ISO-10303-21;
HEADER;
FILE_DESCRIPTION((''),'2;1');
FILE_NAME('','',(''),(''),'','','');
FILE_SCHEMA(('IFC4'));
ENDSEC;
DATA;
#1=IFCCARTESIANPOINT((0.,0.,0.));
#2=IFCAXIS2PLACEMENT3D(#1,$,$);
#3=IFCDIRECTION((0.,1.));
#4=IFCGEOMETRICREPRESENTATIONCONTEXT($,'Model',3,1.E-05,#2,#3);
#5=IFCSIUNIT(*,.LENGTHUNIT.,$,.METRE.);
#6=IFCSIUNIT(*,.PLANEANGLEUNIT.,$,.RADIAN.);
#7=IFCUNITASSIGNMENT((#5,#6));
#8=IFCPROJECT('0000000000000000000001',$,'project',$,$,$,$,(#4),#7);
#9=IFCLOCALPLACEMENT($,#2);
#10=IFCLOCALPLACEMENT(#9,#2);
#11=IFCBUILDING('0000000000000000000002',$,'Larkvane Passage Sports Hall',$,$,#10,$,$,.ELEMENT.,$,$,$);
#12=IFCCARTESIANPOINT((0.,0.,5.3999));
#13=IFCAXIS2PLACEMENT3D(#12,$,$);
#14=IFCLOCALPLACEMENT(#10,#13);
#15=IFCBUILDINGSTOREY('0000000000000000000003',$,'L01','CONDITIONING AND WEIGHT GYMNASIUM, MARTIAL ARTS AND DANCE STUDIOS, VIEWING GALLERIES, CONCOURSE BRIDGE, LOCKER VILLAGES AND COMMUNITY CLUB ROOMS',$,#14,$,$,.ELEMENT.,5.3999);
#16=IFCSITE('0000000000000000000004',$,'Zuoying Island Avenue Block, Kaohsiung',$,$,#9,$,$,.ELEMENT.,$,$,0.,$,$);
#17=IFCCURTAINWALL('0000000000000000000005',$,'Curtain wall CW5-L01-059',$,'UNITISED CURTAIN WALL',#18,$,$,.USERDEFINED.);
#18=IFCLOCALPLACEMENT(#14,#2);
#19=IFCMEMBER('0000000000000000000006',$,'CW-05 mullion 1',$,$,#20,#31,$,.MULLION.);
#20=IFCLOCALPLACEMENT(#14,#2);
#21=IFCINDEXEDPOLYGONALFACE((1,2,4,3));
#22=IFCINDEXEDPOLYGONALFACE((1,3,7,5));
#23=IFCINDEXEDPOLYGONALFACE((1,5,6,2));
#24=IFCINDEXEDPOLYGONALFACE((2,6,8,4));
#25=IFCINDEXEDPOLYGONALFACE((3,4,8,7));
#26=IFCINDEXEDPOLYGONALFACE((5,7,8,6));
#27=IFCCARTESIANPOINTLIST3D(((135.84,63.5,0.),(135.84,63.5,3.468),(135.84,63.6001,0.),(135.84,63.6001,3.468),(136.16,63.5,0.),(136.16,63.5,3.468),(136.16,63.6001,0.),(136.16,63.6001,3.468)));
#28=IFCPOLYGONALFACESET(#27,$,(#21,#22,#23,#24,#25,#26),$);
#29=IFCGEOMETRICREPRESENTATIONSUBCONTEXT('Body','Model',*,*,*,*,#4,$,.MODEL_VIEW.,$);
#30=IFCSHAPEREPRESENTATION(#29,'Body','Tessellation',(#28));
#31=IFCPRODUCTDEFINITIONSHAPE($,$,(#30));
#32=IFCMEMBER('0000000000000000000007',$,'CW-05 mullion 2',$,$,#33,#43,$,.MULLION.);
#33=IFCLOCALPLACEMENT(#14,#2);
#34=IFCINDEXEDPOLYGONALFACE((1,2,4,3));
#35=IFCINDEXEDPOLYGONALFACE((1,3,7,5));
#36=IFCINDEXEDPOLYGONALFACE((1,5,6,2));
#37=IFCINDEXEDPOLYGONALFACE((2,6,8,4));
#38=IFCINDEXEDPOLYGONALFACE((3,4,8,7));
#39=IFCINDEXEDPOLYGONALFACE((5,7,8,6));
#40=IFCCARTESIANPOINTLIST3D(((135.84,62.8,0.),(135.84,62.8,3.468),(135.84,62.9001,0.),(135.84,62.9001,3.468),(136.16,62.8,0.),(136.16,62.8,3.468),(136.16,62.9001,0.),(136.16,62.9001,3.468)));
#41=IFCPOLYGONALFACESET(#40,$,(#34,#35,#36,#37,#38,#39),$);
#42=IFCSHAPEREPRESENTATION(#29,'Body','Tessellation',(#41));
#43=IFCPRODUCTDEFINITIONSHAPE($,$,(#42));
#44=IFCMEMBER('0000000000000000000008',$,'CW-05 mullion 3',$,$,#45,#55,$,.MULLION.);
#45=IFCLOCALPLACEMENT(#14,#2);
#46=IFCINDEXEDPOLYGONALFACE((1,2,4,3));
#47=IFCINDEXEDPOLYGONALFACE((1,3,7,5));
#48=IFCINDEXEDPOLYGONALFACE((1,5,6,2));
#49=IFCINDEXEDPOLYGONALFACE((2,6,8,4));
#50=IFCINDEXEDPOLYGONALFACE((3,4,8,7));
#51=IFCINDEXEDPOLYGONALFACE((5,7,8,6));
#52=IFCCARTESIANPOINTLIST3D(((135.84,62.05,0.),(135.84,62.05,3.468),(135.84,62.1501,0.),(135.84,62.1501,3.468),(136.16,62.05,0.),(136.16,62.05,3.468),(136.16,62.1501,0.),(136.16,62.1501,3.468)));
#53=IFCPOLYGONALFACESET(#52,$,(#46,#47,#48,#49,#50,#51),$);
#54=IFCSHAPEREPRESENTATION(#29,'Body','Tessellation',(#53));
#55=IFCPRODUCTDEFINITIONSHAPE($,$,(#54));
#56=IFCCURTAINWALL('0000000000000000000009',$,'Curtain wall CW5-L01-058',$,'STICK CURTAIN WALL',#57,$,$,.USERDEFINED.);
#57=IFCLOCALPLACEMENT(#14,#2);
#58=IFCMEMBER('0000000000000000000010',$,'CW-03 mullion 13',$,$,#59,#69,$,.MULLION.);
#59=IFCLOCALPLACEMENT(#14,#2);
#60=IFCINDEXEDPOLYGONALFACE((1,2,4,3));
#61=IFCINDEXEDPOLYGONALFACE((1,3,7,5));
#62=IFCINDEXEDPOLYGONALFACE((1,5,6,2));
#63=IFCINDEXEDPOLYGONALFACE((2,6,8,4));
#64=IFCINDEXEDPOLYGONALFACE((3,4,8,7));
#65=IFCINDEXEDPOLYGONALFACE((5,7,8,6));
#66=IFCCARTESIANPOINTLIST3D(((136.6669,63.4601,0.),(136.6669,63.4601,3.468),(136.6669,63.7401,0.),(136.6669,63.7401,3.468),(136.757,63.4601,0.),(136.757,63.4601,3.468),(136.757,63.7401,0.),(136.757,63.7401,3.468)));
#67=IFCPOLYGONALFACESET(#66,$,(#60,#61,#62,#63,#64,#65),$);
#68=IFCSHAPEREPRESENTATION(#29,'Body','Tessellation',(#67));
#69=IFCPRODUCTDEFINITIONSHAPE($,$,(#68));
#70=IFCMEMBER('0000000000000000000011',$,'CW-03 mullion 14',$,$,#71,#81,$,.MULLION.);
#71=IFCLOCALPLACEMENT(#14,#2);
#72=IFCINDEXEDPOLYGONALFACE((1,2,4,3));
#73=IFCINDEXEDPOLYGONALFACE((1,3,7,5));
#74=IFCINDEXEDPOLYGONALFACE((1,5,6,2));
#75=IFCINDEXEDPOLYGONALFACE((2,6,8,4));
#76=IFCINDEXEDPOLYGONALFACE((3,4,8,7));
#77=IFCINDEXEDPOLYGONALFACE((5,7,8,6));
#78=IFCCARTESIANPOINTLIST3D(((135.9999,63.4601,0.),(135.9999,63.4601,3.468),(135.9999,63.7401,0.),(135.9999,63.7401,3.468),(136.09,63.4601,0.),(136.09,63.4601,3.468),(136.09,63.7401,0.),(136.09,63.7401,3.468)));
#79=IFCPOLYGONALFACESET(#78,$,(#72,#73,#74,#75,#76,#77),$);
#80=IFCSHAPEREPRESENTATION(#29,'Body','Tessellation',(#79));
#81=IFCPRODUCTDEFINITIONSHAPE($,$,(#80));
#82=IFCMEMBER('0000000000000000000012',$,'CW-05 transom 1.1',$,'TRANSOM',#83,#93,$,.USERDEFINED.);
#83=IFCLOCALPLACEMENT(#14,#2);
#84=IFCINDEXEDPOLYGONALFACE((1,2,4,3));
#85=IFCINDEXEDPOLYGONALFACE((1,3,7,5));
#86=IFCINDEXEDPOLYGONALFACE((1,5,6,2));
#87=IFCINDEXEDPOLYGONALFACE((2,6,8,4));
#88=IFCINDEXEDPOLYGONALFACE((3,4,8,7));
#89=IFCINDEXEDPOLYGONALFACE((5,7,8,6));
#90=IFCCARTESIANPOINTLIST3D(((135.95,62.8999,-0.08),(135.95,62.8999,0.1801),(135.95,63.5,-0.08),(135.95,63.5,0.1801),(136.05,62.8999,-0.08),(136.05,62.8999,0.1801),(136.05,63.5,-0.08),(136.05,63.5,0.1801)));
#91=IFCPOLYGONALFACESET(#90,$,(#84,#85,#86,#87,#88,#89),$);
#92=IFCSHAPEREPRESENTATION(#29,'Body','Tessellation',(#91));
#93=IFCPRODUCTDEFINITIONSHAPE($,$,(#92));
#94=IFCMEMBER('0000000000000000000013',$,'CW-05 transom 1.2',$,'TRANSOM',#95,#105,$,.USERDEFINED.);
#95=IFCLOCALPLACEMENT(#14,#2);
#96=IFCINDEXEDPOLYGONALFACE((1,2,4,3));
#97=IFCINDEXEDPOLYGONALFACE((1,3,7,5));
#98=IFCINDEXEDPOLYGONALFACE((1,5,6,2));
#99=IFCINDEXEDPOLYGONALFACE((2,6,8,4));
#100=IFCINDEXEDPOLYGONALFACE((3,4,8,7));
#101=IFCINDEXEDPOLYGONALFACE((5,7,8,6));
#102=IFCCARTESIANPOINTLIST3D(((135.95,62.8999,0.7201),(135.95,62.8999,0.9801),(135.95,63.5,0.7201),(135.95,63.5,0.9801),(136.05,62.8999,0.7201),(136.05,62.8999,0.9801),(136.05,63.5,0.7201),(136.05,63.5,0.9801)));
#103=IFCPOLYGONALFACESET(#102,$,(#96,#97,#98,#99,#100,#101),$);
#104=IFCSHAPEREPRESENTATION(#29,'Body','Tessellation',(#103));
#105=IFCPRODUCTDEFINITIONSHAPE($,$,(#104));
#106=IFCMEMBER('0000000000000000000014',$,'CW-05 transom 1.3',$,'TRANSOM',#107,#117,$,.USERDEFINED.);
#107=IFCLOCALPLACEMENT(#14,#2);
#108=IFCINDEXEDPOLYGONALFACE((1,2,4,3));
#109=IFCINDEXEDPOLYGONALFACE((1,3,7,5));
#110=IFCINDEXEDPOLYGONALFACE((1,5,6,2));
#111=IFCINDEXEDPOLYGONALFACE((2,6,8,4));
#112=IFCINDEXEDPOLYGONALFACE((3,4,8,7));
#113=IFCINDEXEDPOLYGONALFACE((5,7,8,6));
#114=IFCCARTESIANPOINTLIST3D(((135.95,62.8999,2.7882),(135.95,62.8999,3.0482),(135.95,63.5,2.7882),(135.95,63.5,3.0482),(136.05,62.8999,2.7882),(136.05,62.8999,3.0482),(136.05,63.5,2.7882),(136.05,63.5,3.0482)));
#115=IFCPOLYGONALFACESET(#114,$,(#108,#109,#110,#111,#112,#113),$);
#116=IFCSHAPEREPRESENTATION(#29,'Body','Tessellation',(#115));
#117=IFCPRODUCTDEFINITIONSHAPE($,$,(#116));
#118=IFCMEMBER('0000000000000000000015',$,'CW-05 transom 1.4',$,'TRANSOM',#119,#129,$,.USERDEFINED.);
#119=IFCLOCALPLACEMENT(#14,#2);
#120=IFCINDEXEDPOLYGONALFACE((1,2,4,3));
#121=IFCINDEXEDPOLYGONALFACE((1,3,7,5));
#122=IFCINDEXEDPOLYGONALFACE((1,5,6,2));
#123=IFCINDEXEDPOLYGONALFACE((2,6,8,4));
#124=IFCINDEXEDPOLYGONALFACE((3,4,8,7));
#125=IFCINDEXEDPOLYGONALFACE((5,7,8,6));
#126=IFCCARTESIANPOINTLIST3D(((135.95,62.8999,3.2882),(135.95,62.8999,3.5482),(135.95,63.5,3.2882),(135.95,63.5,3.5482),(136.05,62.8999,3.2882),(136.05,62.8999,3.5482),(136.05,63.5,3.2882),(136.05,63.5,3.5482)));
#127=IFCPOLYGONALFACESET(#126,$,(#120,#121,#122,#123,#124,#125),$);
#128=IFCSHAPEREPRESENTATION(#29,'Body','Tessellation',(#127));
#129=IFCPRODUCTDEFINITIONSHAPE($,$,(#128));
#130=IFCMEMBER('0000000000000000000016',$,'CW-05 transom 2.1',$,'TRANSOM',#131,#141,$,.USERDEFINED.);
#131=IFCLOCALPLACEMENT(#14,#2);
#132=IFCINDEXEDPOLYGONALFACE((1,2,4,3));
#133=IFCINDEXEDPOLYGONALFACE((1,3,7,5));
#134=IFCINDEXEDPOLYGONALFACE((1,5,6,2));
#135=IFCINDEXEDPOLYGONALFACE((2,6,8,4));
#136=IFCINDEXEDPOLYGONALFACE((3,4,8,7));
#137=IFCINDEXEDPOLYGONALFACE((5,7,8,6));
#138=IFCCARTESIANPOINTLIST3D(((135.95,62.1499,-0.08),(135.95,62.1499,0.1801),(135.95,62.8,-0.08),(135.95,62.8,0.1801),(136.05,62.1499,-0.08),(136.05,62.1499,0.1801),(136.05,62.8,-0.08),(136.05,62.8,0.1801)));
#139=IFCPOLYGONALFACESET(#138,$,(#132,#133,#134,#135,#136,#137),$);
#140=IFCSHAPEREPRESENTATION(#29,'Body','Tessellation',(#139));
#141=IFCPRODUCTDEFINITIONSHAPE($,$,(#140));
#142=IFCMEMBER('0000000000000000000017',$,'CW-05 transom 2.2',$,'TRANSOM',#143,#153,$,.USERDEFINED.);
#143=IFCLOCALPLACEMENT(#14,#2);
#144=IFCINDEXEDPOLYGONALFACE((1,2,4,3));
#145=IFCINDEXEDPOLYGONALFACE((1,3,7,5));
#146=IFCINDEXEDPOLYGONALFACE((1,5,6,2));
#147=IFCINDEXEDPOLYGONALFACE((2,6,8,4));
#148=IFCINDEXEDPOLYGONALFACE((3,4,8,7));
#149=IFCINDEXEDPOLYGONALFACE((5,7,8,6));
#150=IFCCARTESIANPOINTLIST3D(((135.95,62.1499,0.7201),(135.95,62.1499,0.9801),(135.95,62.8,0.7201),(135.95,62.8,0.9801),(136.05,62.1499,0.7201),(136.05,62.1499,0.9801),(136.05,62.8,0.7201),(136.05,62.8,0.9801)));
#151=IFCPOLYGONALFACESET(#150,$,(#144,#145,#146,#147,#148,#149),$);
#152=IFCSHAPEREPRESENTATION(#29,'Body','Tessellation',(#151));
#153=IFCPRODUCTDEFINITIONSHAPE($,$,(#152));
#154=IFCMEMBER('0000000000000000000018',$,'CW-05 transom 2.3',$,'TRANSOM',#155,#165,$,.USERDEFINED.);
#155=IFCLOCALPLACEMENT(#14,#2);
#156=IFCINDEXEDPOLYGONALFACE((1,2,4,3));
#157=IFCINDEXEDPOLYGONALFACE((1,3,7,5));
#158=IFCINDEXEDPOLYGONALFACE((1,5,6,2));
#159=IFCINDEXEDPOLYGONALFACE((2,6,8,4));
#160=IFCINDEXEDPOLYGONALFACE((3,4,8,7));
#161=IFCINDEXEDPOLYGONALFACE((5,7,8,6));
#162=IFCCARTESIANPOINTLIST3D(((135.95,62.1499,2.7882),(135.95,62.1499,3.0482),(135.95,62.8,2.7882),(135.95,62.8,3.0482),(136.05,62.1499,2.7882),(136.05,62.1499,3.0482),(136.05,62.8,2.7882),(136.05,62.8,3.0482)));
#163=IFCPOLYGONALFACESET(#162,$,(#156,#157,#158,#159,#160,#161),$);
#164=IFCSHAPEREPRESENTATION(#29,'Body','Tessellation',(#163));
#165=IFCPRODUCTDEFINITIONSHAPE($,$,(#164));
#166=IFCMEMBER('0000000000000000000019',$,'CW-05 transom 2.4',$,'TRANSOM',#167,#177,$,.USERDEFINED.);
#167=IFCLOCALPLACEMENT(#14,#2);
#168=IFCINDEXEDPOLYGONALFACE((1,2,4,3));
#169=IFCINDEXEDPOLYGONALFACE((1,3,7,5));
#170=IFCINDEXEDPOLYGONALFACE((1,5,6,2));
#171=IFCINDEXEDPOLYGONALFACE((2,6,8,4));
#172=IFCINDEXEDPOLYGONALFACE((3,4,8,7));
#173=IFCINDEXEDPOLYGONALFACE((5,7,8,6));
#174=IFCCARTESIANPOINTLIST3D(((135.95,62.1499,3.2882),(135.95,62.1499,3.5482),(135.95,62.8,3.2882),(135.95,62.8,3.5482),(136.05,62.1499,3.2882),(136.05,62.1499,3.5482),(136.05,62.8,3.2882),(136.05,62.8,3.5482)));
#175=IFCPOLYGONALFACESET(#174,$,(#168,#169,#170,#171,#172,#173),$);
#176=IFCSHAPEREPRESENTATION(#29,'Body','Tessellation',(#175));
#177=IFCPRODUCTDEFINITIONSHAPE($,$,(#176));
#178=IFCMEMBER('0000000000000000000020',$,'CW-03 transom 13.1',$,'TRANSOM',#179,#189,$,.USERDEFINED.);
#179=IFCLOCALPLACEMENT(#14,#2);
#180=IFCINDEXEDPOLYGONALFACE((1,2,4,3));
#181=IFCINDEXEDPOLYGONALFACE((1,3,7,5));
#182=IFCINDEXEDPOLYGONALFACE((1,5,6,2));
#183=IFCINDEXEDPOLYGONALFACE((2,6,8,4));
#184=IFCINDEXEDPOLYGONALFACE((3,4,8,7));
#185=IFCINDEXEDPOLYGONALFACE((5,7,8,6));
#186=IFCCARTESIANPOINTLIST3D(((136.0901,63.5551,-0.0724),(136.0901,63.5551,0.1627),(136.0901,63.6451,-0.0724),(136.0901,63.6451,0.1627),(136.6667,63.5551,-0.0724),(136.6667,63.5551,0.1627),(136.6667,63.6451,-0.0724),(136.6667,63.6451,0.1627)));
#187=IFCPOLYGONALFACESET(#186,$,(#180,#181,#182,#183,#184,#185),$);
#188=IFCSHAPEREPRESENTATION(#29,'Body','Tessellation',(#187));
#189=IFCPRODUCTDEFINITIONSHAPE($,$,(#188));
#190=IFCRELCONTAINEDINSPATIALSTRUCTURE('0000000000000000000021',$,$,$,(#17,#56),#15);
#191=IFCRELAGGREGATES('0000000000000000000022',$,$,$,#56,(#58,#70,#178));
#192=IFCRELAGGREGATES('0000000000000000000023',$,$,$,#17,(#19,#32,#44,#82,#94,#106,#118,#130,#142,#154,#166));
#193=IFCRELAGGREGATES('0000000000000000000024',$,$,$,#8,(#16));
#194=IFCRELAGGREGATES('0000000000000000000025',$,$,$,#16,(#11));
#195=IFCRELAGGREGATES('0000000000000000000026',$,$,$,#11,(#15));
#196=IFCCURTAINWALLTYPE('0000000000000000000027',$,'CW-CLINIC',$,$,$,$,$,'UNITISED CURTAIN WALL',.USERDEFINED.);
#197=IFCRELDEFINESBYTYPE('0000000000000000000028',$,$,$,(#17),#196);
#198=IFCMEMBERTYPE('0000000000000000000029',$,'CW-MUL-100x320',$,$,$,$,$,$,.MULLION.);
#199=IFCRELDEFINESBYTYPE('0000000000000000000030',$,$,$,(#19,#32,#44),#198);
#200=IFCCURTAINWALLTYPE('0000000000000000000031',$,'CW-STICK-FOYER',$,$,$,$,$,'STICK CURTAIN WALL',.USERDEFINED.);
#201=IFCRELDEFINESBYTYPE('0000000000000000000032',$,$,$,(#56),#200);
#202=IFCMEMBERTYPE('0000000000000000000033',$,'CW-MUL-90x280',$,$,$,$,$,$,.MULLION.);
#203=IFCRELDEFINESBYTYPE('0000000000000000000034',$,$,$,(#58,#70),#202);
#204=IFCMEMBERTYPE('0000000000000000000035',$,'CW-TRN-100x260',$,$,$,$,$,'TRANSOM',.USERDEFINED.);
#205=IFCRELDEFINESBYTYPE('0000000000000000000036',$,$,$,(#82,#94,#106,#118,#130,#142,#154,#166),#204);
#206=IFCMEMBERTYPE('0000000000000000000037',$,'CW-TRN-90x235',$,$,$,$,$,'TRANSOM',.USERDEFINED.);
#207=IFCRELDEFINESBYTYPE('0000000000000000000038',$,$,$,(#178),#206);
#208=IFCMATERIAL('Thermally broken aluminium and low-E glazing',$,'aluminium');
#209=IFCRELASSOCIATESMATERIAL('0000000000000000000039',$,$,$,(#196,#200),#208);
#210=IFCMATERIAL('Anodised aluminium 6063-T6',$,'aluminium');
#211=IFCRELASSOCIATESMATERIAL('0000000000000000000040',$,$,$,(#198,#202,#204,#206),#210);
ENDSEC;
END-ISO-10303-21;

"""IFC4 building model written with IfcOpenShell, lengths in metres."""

from ifc_helpers import new_model, si_unit, direction, frame, origin, origin_2d, place, context, subcontext, project, spatial, rectangle, extrude, material, material_profile, profile_set, type_object, element, aggregate, save


model = new_model("IFC4")

# Units and contexts
model_context = context("Model", 3, precision=1e-05, world=origin(), true_north=direction((0.0, 1.0)))
body_context = subcontext(model_context, "Body", "Model", "MODEL_VIEW")
ifc_project = project(units=[si_unit("LENGTHUNIT", "METRE"), si_unit("PLANEANGLEUNIT", "RADIAN")], contexts=[model_context])

# Site, building, storey
site_placement = place(None, origin())
site = spatial("IfcSite", under=ifc_project, at=site_placement, Name="Zuoying Island Avenue Block, Kaohsiung", CompositionType="ELEMENT", RefElevation=0.0)
building_placement = place(site_placement, origin())
building = spatial("IfcBuilding", under=site, at=building_placement, Name="Larkvane Passage Sports Hall", CompositionType="ELEMENT")
storey_placement = place(building_placement, frame((0.0, 0.0, 5.3999)))
storey = spatial("IfcBuildingStorey", under=building, at=storey_placement, Name="L01", Description="CONDITIONING AND WEIGHT GYMNASIUM, MARTIAL ARTS AND DANCE STUDIOS, VIEWING GALLERIES, CONCOURSE BRIDGE, LOCKER VILLAGES AND COMMUNITY CLUB ROOMS", CompositionType="ELEMENT", Elevation=5.3999)

# Curtain walls, members
ifc_material_1 = material(Name="Thermally broken aluminium and low-E glazing", Category="aluminium")
curtain_wall_type_1 = type_object("IfcCurtainWallType", Name="CW-CLINIC", ElementType="UNITISED CURTAIN WALL", PredefinedType="USERDEFINED", material=ifc_material_1)
curtain_wall_1_placement = place(storey_placement, origin())
curtain_wall_1 = element("IfcCurtainWall", 1, at=curtain_wall_1_placement, inside=storey, type_object=curtain_wall_type_1, Name="Curtain wall CW5-L01-059", ObjectType="UNITISED CURTAIN WALL", PredefinedType="USERDEFINED")
ifc_material_2 = material(Name="Anodised aluminium 6063-T6", Category="aluminium")
ifc_material_profile_1 = material_profile(ifc_material_2, rectangle(XDim=0.1001, YDim=0.3201, at=origin_2d()), Name="ALU-MUL-100x320")
ifc_profile_set_1 = profile_set([ifc_material_profile_1], Name="Anodised aluminium 6063-T6")
member_type_1 = type_object("IfcMemberType", Name="CW-MUL-100x320", PredefinedType="MULLION", material=ifc_profile_set_1)
member_1_placement = place(storey_placement, frame((136.0, 63.55, 0.0), z_axis=(0.0, 0.0, 1.0), x_axis=(0.0, -1.0, 0.0)))
member_1 = element("IfcMember", 2, at=member_1_placement, type_object=member_type_1, Name="CW-05 mullion 1", PredefinedType="MULLION", context=body_context, shape_type="SweptSolid", body=[
    extrude(rectangle(XDim=0.1001, YDim=0.3201, at=origin_2d()), origin(), (0.0, 0.0, 1.0), 3.468),
])
member_2_placement = place(storey_placement, frame((136.0, 62.8501, 0.0), z_axis=(0.0, 0.0, 1.0), x_axis=(0.0, -1.0, 0.0)))
member_2 = element("IfcMember", 3, at=member_2_placement, type_object=member_type_1, Name="CW-05 mullion 2", PredefinedType="MULLION", context=body_context, shape_type="SweptSolid", body=[
    extrude(rectangle(XDim=0.1001, YDim=0.3201, at=origin_2d()), origin(), (0.0, 0.0, 1.0), 3.468),
])
member_3_placement = place(storey_placement, frame((136.0, 62.1001, 0.0), z_axis=(0.0, 0.0, 1.0), x_axis=(0.0, -1.0, 0.0)))
member_3 = element("IfcMember", 4, at=member_3_placement, type_object=member_type_1, Name="CW-05 mullion 3", PredefinedType="MULLION", context=body_context, shape_type="SweptSolid", body=[
    extrude(rectangle(XDim=0.1001, YDim=0.3201, at=origin_2d()), origin(), (0.0, 0.0, 1.0), 3.468),
])
curtain_wall_type_2 = type_object("IfcCurtainWallType", Name="CW-STICK-FOYER", ElementType="STICK CURTAIN WALL", PredefinedType="USERDEFINED", material=ifc_material_1)
curtain_wall_2_placement = place(storey_placement, origin())
curtain_wall_2 = element("IfcCurtainWall", 5, at=curtain_wall_2_placement, inside=storey, type_object=curtain_wall_type_2, Name="Curtain wall CW5-L01-058", ObjectType="STICK CURTAIN WALL", PredefinedType="USERDEFINED")
ifc_material_profile_2 = material_profile(ifc_material_2, rectangle(XDim=0.0901, YDim=0.28, at=origin_2d()), Name="ALU-MUL-90x280")
ifc_profile_set_2 = profile_set([ifc_material_profile_2], Name="Anodised aluminium 6063-T6")
member_type_2 = type_object("IfcMemberType", Name="CW-MUL-90x280", PredefinedType="MULLION", material=ifc_profile_set_2)
member_4_placement = place(storey_placement, frame((136.7119, 63.6001, 0.0), z_axis=(0.0, 0.0, 1.0), x_axis=(-1.0, 0.0, 0.0)))
member_4 = element("IfcMember", 6, at=member_4_placement, type_object=member_type_2, Name="CW-03 mullion 13", PredefinedType="MULLION", context=body_context, shape_type="SweptSolid", body=[
    extrude(rectangle(XDim=0.0901, YDim=0.28, at=origin_2d()), origin(), (0.0, 0.0, 1.0), 3.468),
])
member_5_placement = place(storey_placement, frame((136.0449, 63.6001, 0.0), z_axis=(0.0, 0.0, 1.0), x_axis=(-1.0, 0.0, 0.0)))
member_5 = element("IfcMember", 7, at=member_5_placement, type_object=member_type_2, Name="CW-03 mullion 14", PredefinedType="MULLION", context=body_context, shape_type="SweptSolid", body=[
    extrude(rectangle(XDim=0.0901, YDim=0.28, at=origin_2d()), origin(), (0.0, 0.0, 1.0), 3.468),
])

# Members
ifc_material_profile_3 = material_profile(ifc_material_2, rectangle(XDim=0.1001, YDim=0.26, at=origin_2d()), Name="ALU-TRN-100x260")
ifc_profile_set_3 = profile_set([ifc_material_profile_3], Name="Anodised aluminium 6063-T6")
member_type_3 = type_object("IfcMemberType", Name="CW-TRN-100x260", ElementType="TRANSOM", PredefinedType="USERDEFINED", material=ifc_profile_set_3)
member_6_placement = place(storey_placement, frame((136.0, 63.5, 0.05), z_axis=(0.0, -1.0, 0.0), x_axis=(1.0, 0.0, 0.0)))
member_6 = element("IfcMember", 8, at=member_6_placement, type_object=member_type_3, Name="CW-05 transom 1.1", ObjectType="TRANSOM", PredefinedType="USERDEFINED", context=body_context, shape_type="SweptSolid", body=[
    extrude(rectangle(XDim=0.1001, YDim=0.26, at=origin_2d()), origin(), (0.0, 0.0, 1.0), 0.6001),
])
member_7_placement = place(storey_placement, frame((136.0, 63.5, 0.8501), z_axis=(0.0, -1.0, 0.0), x_axis=(1.0, 0.0, 0.0)))
member_7 = element("IfcMember", 9, at=member_7_placement, type_object=member_type_3, Name="CW-05 transom 1.2", ObjectType="TRANSOM", PredefinedType="USERDEFINED", context=body_context, shape_type="SweptSolid", body=[
    extrude(rectangle(XDim=0.1001, YDim=0.26, at=origin_2d()), origin(), (0.0, 0.0, 1.0), 0.6001),
])
member_8_placement = place(storey_placement, frame((136.0, 63.5, 2.9182), z_axis=(0.0, -1.0, 0.0), x_axis=(1.0, 0.0, 0.0)))
member_8 = element("IfcMember", 10, at=member_8_placement, type_object=member_type_3, Name="CW-05 transom 1.3", ObjectType="TRANSOM", PredefinedType="USERDEFINED", context=body_context, shape_type="SweptSolid", body=[
    extrude(rectangle(XDim=0.1001, YDim=0.26, at=origin_2d()), origin(), (0.0, 0.0, 1.0), 0.6001),
])
member_9_placement = place(storey_placement, frame((136.0, 63.5, 3.4182), z_axis=(0.0, -1.0, 0.0), x_axis=(1.0, 0.0, 0.0)))
member_9 = element("IfcMember", 11, at=member_9_placement, type_object=member_type_3, Name="CW-05 transom 1.4", ObjectType="TRANSOM", PredefinedType="USERDEFINED", context=body_context, shape_type="SweptSolid", body=[
    extrude(rectangle(XDim=0.1001, YDim=0.26, at=origin_2d()), origin(), (0.0, 0.0, 1.0), 0.6001),
])
member_10_placement = place(storey_placement, frame((136.0, 62.8, 0.05), z_axis=(0.0, -1.0, 0.0), x_axis=(1.0, 0.0, 0.0)))
member_10 = element("IfcMember", 12, at=member_10_placement, type_object=member_type_3, Name="CW-05 transom 2.1", ObjectType="TRANSOM", PredefinedType="USERDEFINED", context=body_context, shape_type="SweptSolid", body=[
    extrude(rectangle(XDim=0.1001, YDim=0.26, at=origin_2d()), origin(), (0.0, 0.0, 1.0), 0.6501),
])
member_11_placement = place(storey_placement, frame((136.0, 62.8, 0.8501), z_axis=(0.0, -1.0, 0.0), x_axis=(1.0, 0.0, 0.0)))
member_11 = element("IfcMember", 13, at=member_11_placement, type_object=member_type_3, Name="CW-05 transom 2.2", ObjectType="TRANSOM", PredefinedType="USERDEFINED", context=body_context, shape_type="SweptSolid", body=[
    extrude(rectangle(XDim=0.1001, YDim=0.26, at=origin_2d()), origin(), (0.0, 0.0, 1.0), 0.6501),
])
member_12_placement = place(storey_placement, frame((136.0, 62.8, 2.9182), z_axis=(0.0, -1.0, 0.0), x_axis=(1.0, 0.0, 0.0)))
member_12 = element("IfcMember", 14, at=member_12_placement, type_object=member_type_3, Name="CW-05 transom 2.3", ObjectType="TRANSOM", PredefinedType="USERDEFINED", context=body_context, shape_type="SweptSolid", body=[
    extrude(rectangle(XDim=0.1001, YDim=0.26, at=origin_2d()), origin(), (0.0, 0.0, 1.0), 0.6501),
])
member_13_placement = place(storey_placement, frame((136.0, 62.8, 3.4182), z_axis=(0.0, -1.0, 0.0), x_axis=(1.0, 0.0, 0.0)))
member_13 = element("IfcMember", 15, at=member_13_placement, type_object=member_type_3, Name="CW-05 transom 2.4", ObjectType="TRANSOM", PredefinedType="USERDEFINED", context=body_context, shape_type="SweptSolid", body=[
    extrude(rectangle(XDim=0.1001, YDim=0.26, at=origin_2d()), origin(), (0.0, 0.0, 1.0), 0.6501),
])
ifc_material_profile_4 = material_profile(ifc_material_2, rectangle(XDim=0.0901, YDim=0.2351, at=origin_2d()), Name="ALU-TRN-90x235")
ifc_profile_set_4 = profile_set([ifc_material_profile_4], Name="Anodised aluminium 6063-T6")
member_type_4 = type_object("IfcMemberType", Name="CW-TRN-90x235", ElementType="TRANSOM", PredefinedType="USERDEFINED", material=ifc_profile_set_4)
member_14_placement = place(storey_placement, frame((136.6667, 63.6001, 0.0452), z_axis=(-1.0, 0.0, 0.0), x_axis=(0.0, -1.0, 0.0)))
member_14 = element("IfcMember", 16, at=member_14_placement, type_object=member_type_4, Name="CW-03 transom 13.1", ObjectType="TRANSOM", PredefinedType="USERDEFINED", context=body_context, shape_type="SweptSolid", body=[
    extrude(rectangle(XDim=0.0901, YDim=0.2351, at=origin_2d()), origin(), (0.0, 0.0, 1.0), 0.5767),
])

aggregate(curtain_wall_2, [member_4, member_5, member_14])
aggregate(curtain_wall_1, [member_1, member_2, member_3, member_6, member_7, member_8, member_9, member_10, member_11, member_12, member_13])

save(model, "model.ifc")
